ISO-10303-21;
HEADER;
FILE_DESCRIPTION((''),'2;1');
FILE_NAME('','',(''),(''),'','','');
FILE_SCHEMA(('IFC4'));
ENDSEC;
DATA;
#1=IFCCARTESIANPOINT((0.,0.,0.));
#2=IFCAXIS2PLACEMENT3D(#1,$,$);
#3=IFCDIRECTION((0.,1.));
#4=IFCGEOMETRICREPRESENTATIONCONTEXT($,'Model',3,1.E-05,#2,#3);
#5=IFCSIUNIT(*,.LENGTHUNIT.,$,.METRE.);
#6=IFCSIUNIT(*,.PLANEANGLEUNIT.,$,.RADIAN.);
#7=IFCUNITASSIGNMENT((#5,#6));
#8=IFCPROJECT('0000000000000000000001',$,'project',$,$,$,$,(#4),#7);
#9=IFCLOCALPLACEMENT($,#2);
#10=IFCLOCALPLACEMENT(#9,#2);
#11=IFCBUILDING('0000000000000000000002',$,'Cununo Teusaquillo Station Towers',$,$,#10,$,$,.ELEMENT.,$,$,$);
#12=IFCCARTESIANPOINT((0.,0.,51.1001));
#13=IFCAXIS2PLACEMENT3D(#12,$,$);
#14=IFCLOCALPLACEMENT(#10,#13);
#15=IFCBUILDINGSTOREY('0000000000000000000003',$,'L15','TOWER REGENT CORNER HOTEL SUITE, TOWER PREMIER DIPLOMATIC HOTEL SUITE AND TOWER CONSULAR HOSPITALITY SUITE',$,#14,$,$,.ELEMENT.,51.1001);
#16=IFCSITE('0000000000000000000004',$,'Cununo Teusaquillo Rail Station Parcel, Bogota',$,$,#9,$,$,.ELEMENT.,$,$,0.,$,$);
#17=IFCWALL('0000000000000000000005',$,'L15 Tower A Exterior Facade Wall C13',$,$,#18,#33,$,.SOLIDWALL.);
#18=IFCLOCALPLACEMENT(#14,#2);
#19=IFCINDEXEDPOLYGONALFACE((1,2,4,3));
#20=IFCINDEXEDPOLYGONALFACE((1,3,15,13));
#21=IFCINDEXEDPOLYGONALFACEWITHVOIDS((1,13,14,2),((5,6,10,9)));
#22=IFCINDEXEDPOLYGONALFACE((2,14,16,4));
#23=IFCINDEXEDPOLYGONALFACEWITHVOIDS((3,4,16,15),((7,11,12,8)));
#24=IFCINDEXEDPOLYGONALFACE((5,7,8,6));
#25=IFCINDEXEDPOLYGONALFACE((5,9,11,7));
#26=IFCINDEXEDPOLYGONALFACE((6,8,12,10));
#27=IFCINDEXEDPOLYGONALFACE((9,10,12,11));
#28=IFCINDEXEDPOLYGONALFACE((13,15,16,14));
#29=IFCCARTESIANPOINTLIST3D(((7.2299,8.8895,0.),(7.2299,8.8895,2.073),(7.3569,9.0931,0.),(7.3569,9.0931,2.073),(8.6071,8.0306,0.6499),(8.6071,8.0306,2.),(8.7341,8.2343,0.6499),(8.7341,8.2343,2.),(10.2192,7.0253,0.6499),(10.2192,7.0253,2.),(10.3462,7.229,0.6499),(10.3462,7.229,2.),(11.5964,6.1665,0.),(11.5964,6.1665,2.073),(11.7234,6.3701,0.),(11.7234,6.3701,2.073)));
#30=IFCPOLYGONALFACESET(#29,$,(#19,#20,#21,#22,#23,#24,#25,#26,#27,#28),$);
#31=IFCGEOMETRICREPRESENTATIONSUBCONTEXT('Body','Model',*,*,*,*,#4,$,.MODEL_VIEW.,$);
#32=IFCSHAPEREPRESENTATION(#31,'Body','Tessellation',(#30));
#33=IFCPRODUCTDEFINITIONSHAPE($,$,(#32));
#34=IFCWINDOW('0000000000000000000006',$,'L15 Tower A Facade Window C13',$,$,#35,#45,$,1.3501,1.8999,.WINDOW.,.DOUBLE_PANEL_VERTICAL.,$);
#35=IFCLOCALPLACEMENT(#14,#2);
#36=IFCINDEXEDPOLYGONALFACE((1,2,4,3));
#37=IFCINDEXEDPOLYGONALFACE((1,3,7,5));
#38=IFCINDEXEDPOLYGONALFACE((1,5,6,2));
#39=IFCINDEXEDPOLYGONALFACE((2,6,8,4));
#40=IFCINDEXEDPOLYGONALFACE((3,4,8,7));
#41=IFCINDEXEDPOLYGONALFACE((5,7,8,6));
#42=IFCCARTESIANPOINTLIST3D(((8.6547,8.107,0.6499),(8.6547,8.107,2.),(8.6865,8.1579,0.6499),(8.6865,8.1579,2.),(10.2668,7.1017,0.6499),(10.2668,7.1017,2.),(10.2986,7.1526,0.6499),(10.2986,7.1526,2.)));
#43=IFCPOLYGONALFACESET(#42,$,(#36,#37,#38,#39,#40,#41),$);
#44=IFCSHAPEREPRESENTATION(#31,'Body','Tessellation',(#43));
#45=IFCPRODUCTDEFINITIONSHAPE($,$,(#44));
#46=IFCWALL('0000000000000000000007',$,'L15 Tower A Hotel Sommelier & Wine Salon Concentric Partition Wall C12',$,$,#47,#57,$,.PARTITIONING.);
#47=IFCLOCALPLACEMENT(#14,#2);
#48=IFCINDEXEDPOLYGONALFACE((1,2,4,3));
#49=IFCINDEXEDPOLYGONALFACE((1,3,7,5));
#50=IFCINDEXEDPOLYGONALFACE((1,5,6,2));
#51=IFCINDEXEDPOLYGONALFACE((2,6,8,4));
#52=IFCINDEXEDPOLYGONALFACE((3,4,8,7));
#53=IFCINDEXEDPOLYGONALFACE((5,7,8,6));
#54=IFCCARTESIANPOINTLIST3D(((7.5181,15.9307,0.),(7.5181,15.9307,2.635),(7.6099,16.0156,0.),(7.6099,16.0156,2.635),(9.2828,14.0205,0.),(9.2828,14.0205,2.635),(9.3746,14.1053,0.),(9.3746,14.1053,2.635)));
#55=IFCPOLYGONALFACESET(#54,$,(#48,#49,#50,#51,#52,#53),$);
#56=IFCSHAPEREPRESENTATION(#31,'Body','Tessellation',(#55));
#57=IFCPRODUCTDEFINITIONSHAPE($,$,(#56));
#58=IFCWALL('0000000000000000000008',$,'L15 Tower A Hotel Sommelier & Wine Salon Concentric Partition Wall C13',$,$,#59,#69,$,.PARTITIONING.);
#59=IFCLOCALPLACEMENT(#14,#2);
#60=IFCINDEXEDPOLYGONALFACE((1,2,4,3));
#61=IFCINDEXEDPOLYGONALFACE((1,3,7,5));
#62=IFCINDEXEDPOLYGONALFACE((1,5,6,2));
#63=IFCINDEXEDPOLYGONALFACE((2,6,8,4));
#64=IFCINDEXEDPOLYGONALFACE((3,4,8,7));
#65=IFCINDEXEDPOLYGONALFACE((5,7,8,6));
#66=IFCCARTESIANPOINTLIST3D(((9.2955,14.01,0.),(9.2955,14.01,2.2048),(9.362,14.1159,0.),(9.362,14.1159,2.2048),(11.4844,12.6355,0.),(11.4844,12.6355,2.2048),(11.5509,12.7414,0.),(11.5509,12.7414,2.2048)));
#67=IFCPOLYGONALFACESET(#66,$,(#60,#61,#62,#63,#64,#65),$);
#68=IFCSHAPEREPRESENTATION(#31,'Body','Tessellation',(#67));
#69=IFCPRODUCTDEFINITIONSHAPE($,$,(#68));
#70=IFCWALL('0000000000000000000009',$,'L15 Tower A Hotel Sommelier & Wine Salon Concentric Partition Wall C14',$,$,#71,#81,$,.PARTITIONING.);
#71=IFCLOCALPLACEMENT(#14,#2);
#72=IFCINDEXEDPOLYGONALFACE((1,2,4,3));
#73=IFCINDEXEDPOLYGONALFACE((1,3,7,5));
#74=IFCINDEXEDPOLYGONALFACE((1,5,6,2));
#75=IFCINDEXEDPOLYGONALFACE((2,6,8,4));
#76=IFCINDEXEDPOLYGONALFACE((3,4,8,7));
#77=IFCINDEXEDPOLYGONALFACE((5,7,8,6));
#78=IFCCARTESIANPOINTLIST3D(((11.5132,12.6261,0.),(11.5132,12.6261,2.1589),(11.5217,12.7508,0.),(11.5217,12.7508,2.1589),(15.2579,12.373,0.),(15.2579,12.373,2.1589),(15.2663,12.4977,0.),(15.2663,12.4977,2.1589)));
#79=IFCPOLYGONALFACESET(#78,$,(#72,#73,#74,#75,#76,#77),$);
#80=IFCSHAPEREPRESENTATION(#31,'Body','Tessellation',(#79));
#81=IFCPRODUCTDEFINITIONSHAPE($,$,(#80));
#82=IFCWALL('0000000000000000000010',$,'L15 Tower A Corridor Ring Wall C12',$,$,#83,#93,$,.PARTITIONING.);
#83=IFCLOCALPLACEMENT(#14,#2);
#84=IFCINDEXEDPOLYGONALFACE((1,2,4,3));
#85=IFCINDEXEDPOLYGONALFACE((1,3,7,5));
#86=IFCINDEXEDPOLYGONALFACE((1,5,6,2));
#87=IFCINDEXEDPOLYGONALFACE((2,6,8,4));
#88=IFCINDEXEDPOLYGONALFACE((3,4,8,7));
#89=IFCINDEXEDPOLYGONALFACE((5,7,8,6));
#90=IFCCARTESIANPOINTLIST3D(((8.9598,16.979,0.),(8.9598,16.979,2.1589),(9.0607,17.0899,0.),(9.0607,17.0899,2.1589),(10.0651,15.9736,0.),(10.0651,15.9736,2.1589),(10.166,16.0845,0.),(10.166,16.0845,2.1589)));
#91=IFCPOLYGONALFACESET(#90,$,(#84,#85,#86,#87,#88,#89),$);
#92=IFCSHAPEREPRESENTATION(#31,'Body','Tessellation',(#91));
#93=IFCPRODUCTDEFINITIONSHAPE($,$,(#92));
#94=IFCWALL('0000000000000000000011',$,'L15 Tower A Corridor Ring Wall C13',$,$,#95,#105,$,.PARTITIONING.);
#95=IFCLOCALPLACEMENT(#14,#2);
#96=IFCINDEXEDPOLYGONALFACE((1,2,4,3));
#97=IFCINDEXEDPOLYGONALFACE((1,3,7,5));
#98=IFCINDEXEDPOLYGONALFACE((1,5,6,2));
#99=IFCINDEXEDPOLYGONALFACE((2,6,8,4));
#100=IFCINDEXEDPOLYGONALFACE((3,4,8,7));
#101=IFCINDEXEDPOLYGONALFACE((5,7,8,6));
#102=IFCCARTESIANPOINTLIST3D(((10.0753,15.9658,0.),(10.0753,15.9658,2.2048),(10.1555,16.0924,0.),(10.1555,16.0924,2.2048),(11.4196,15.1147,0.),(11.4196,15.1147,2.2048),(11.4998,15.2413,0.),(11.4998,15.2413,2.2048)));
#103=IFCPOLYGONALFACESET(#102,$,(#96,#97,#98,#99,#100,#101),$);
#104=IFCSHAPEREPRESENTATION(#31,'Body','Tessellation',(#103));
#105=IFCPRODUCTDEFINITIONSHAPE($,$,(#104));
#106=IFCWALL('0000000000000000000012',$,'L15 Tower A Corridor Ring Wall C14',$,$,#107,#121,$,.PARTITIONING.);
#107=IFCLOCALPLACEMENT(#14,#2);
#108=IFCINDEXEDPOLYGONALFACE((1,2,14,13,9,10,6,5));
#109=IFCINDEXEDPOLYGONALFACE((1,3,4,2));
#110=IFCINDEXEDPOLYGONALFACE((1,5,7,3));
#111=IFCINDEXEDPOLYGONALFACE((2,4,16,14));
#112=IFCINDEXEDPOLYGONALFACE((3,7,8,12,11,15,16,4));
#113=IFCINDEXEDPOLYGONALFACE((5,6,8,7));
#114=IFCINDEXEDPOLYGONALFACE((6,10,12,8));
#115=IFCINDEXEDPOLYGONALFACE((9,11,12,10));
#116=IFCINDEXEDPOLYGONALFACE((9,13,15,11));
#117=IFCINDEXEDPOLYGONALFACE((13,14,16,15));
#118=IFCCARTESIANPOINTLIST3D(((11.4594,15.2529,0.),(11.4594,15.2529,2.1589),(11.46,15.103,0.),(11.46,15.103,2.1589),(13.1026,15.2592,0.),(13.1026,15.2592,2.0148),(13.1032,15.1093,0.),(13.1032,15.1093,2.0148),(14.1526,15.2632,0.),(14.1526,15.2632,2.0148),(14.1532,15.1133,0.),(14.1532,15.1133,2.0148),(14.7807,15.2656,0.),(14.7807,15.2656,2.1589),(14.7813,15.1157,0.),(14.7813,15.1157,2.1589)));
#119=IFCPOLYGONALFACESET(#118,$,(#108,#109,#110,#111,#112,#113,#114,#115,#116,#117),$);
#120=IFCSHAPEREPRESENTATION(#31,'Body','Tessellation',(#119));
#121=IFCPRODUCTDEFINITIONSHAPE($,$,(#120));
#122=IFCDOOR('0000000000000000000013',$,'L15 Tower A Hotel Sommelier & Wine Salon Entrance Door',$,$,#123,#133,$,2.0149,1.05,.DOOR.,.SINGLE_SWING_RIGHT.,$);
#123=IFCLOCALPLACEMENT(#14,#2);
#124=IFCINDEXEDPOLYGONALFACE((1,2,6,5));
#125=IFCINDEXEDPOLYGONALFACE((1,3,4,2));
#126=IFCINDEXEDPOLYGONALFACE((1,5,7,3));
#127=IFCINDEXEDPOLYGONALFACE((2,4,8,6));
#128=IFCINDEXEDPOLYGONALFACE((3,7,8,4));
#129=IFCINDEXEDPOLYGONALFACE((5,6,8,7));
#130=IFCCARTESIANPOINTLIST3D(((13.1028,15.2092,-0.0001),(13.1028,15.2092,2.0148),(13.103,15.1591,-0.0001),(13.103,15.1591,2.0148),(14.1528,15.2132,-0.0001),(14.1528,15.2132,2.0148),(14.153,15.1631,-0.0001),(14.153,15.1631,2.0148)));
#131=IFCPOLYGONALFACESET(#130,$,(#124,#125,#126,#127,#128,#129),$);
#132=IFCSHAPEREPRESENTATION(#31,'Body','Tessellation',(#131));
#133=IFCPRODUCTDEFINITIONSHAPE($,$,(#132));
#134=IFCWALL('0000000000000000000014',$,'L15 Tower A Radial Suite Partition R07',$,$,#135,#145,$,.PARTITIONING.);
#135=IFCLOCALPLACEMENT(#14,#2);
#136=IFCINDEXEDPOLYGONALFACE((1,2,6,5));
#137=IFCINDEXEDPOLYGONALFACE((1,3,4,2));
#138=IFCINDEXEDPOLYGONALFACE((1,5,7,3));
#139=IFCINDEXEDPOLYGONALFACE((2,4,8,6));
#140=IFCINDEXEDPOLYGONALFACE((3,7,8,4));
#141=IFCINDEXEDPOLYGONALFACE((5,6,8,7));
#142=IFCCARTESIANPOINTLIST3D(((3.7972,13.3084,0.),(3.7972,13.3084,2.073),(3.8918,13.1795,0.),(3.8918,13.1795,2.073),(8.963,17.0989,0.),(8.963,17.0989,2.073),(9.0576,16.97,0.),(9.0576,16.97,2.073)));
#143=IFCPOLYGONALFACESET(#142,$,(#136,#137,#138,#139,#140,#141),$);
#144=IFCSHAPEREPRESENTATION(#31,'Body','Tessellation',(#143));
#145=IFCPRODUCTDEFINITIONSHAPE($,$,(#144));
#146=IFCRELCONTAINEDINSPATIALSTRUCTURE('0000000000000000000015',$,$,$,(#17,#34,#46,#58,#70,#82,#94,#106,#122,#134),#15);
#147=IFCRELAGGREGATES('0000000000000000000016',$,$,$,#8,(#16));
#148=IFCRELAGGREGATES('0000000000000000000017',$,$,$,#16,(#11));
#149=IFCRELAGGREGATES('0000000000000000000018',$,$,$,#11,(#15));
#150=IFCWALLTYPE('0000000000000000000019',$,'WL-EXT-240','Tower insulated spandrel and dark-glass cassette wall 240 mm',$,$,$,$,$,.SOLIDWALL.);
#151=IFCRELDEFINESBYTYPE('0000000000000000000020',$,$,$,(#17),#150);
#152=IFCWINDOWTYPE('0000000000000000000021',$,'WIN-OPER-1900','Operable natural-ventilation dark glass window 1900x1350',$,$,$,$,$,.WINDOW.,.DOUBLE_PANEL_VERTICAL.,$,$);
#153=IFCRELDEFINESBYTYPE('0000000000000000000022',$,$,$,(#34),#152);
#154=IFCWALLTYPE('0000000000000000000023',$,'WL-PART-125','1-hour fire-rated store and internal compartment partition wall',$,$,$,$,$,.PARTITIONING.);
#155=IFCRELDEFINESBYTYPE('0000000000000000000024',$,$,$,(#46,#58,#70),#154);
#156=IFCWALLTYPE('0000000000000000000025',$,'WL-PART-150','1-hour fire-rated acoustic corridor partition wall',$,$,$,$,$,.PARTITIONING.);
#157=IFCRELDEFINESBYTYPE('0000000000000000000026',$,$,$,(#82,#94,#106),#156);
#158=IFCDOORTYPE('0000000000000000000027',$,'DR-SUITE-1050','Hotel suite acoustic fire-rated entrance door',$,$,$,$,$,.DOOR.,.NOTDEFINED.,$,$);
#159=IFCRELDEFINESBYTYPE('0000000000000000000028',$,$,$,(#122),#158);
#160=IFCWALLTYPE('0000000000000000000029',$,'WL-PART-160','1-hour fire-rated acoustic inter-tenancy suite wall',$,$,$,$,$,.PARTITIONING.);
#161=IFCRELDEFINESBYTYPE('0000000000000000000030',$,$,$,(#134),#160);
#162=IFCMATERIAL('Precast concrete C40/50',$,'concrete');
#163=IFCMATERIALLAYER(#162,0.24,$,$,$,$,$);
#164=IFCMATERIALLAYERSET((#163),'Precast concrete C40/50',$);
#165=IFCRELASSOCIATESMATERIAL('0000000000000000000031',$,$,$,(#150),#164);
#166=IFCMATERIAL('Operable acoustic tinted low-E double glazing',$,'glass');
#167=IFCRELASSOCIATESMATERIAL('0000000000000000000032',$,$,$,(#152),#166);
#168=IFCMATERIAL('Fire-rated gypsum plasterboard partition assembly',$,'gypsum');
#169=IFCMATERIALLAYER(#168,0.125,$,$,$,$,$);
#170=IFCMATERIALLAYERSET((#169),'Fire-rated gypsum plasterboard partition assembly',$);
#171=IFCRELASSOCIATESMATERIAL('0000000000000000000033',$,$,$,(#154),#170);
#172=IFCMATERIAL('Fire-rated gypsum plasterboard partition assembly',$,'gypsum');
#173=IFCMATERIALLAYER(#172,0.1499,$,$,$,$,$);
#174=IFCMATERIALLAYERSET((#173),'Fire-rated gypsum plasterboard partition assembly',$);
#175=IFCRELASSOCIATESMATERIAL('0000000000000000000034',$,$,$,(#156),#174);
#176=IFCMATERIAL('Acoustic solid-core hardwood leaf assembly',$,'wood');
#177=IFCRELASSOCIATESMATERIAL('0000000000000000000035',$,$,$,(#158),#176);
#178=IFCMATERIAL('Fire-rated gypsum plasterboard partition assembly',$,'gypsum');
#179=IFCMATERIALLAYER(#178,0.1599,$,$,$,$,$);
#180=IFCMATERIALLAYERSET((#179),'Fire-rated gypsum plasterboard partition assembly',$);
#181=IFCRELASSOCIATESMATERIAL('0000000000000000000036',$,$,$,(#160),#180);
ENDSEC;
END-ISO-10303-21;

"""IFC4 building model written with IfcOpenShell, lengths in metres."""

from ifc_helpers import new_model, si_unit, direction, frame, frame_2d, origin, place, context, subcontext, project, spatial, rectangle, extrude, source, transform, mapped, material, layer, layer_set, type_object, element, fill, save


model = new_model("IFC4")

# Units and contexts
model_context = context("Model", 3, precision=1e-05, world=origin(), true_north=direction((0.0, 1.0)))
body_context = subcontext(model_context, "Body", "Model", "MODEL_VIEW")
ifc_project = project(units=[si_unit("LENGTHUNIT", "METRE"), si_unit("PLANEANGLEUNIT", "RADIAN")], contexts=[model_context])

# Site, building, storey
site_placement = place(None, origin())
site = spatial("IfcSite", under=ifc_project, at=site_placement, Name="Cununo Teusaquillo Rail Station Parcel, Bogota", CompositionType="ELEMENT", RefElevation=0.0)
building_placement = place(site_placement, origin())
building = spatial("IfcBuilding", under=site, at=building_placement, Name="Cununo Teusaquillo Station Towers", CompositionType="ELEMENT")
storey_placement = place(building_placement, frame((0.0, 0.0, 51.1001)))
storey = spatial("IfcBuildingStorey", under=building, at=storey_placement, Name="L15", Description="TOWER REGENT CORNER HOTEL SUITE, TOWER PREMIER DIPLOMATIC HOTEL SUITE AND TOWER CONSULAR HOSPITALITY SUITE", CompositionType="ELEMENT", Elevation=51.1001)

# Shared definitions
ifc_material_1 = material(Name="Precast concrete C40/50", Category="concrete")
ifc_layer_1 = layer(ifc_material_1, 0.24)
ifc_layer_set_1 = layer_set([ifc_layer_1], Name="Precast concrete C40/50")
wall_type_1 = type_object("IfcWallType", Name="WL-EXT-240", Description="Tower insulated spandrel and dark-glass cassette wall 240 mm", PredefinedType="SOLIDWALL", material=ifc_layer_set_1)
shared_shape_1 = source(origin(), body_context, "Body", "SweptSolid", [
    extrude(rectangle(XDim=1.8999, YDim=1.3501, at=frame_2d((0.95, 0.675))), frame((0.0, 0.1299, 0.0), z_axis=(0.0, -1.0, 0.0), x_axis=(1.0, 0.0, 0.0)), (0.0, 0.0, 1.0), 0.26),
])
ifc_material_2 = material(Name="Operable acoustic tinted low-E double glazing", Category="glass")
window_type = type_object("IfcWindowType", Name="WIN-OPER-1900", Description="Operable natural-ventilation dark glass window 1900x1350", PartitioningType="DOUBLE_PANEL_VERTICAL", PredefinedType="WINDOW", material=ifc_material_2)
shared_shape_2 = source(origin(), body_context, "Body", "SweptSolid", [
    extrude(rectangle(XDim=1.8999, YDim=1.3501, at=frame_2d((0.95, 0.675))), frame((0.0, 0.03, 0.0), z_axis=(0.0, -1.0, 0.0), x_axis=(1.0, 0.0, 0.0)), (0.0, 0.0, 1.0), 0.0601),
])

# Wall, opening, window
wall_1_placement = place(storey_placement, frame((11.6599, 6.2683, 0.0), z_axis=(0.0, 0.0, 1.0), x_axis=(-0.848534, 0.529141, 0.0)))
wall_1 = element("IfcWall", 1, at=wall_1_placement, inside=storey, type_object=wall_type_1, Name="L15 Tower A Exterior Facade Wall C13", PredefinedType="SOLIDWALL", context=body_context, shape_type="SweptSolid", body=[
    extrude(rectangle(XDim=5.146, YDim=0.24, at=frame_2d((2.573, 0.0))), origin(), (0.0, 0.0, 1.0), 2.073),
])
opening_1_placement = place(wall_1_placement, frame((1.623, 0.0, 0.6499)))
opening_1 = element("IfcOpeningElement", 2, at=opening_1_placement, cuts=wall_1, PredefinedType="OPENING", context=body_context, shape_type="MappedRepresentation", body=[
    mapped(shared_shape_1, transform((0.0, 0.0, 0.0), x_axis=(1.0, 0.0, 0.0), y_axis=(0.0, 1.0, 0.0), z_axis=(0.0, 0.0, 1.0), scale=1.0)),
])
window_1_placement = place(opening_1_placement, origin())
window_1 = element("IfcWindow", 3, at=window_1_placement, inside=storey, type_object=window_type, Name="L15 Tower A Facade Window C13", OverallHeight=1.3501, OverallWidth=1.8999, PartitioningType="DOUBLE_PANEL_VERTICAL", PredefinedType="WINDOW", context=body_context, shape_type="MappedRepresentation", body=[
    mapped(shared_shape_2, transform((0.0, 0.0, 0.0), x_axis=(1.0, 0.0, 0.0), y_axis=(0.0, 1.0, 0.0), z_axis=(0.0, 0.0, 1.0), scale=1.0)),
])
fill(opening_1, window_1)

# Walls
ifc_material_3 = material(Name="Fire-rated gypsum plasterboard partition assembly", Category="gypsum")
ifc_layer_2 = layer(ifc_material_3, 0.125)
ifc_layer_set_2 = layer_set([ifc_layer_2], Name="Fire-rated gypsum plasterboard partition assembly")
wall_type_2 = type_object("IfcWallType", Name="WL-PART-125", Description="1-hour fire-rated store and internal compartment partition wall", PredefinedType="PARTITIONING", material=ifc_layer_set_2)
wall_2_placement = place(storey_placement, frame((7.564, 15.9731, 0.0), z_axis=(0.0, 0.0, 1.0), x_axis=(0.678576, -0.73453, 0.0)))
element("IfcWall", 4, at=wall_2_placement, inside=storey, type_object=wall_type_2, Name="L15 Tower A Hotel Sommelier & Wine Salon Concentric Partition Wall C12", PredefinedType="PARTITIONING", context=body_context, shape_type="SweptSolid", body=[
    extrude(rectangle(XDim=2.6006, YDim=0.125, at=frame_2d((1.3003, 0.0))), origin(), (0.0, 0.0, 1.0), 2.635),
])
wall_3_placement = place(storey_placement, frame((9.3286, 14.063, 0.0), z_axis=(0.0, 0.0, 1.0), x_axis=(0.846882, -0.531781, 0.0)))
element("IfcWall", 5, at=wall_3_placement, inside=storey, type_object=wall_type_2, Name="L15 Tower A Hotel Sommelier & Wine Salon Concentric Partition Wall C13", PredefinedType="PARTITIONING", context=body_context, shape_type="SweptSolid", body=[
    extrude(rectangle(XDim=2.5847, YDim=0.125, at=frame_2d((1.2925, 0.0))), origin(), (0.0, 0.0, 1.0), 2.2048),
])
wall_4_placement = place(storey_placement, frame((11.5176, 12.6885, 0.0), z_axis=(0.0, 0.0, 1.0), x_axis=(0.997722, -0.067456, 0.0)))
element("IfcWall", 6, at=wall_4_placement, inside=storey, type_object=wall_type_2, Name="L15 Tower A Hotel Sommelier & Wine Salon Concentric Partition Wall C14", PredefinedType="PARTITIONING", context=body_context, shape_type="SweptSolid", body=[
    extrude(rectangle(XDim=3.7532, YDim=0.125, at=frame_2d((1.8765, 0.0))), origin(), (0.0, 0.0, 1.0), 2.1589),
])
ifc_material_4 = material(Name="Fire-rated gypsum plasterboard partition assembly", Category="gypsum")
ifc_layer_3 = layer(ifc_material_4, 0.1499)
ifc_layer_set_3 = layer_set([ifc_layer_3], Name="Fire-rated gypsum plasterboard partition assembly")
wall_type_3 = type_object("IfcWallType", Name="WL-PART-150", Description="1-hour fire-rated acoustic corridor partition wall", PredefinedType="PARTITIONING", material=ifc_layer_set_3)
wall_5_placement = place(storey_placement, frame((9.0103, 17.0344, 0.0), z_axis=(0.0, 0.0, 1.0), x_axis=(0.739733, -0.6729, 0.0)))
element("IfcWall", 7, at=wall_5_placement, inside=storey, type_object=wall_type_3, Name="L15 Tower A Corridor Ring Wall C12", PredefinedType="PARTITIONING", context=body_context, shape_type="SweptSolid", body=[
    extrude(rectangle(XDim=1.4941, YDim=0.1499, at=frame_2d((0.7471, 0.0))), origin(), (0.0, 0.0, 1.0), 2.1589),
])
wall_6_placement = place(storey_placement, frame((10.1155, 16.0291, 0.0), z_axis=(0.0, 0.0, 1.0), x_axis=(0.844898, -0.534928, 0.0)))
element("IfcWall", 8, at=wall_6_placement, inside=storey, type_object=wall_type_3, Name="L15 Tower A Corridor Ring Wall C13", PredefinedType="PARTITIONING", context=body_context, shape_type="SweptSolid", body=[
    extrude(rectangle(XDim=1.5911, YDim=0.1499, at=frame_2d((0.7954, 0.0))), origin(), (0.0, 0.0, 1.0), 2.2048),
])

# Wall, opening, door
wall_7_placement = place(storey_placement, frame((11.4597, 15.178, 0.0), z_axis=(0.0, 0.0, 1.0), x_axis=(0.999993, 0.003822, 0.0)))
wall_7 = element("IfcWall", 9, at=wall_7_placement, inside=storey, type_object=wall_type_3, Name="L15 Tower A Corridor Ring Wall C14", PredefinedType="PARTITIONING", context=body_context, shape_type="SweptSolid", body=[
    extrude(rectangle(XDim=3.3213, YDim=0.1499, at=frame_2d((1.6606, 0.0))), origin(), (0.0, 0.0, 1.0), 2.1589),
])
shared_shape_3 = source(origin(), body_context, "Body", "SweptSolid", [
    extrude(rectangle(XDim=1.05, YDim=2.0149, at=frame_2d((0.5249, 1.0073))), frame((0.0, 0.085, 0.0), z_axis=(0.0, -1.0, 0.0), x_axis=(1.0, 0.0, 0.0)), (0.0, 0.0, 1.0), 0.1699),
])
opening_2_placement = place(wall_7_placement, frame((1.6433, 0.0, 0.0)))
opening_2 = element("IfcOpeningElement", 10, at=opening_2_placement, cuts=wall_7, PredefinedType="OPENING", context=body_context, shape_type="MappedRepresentation", body=[
    mapped(shared_shape_3, transform((0.0, 0.0, 0.0), x_axis=(1.0, 0.0, 0.0), y_axis=(0.0, 1.0, 0.0), z_axis=(0.0, 0.0, 1.0), scale=1.0)),
])
ifc_material_5 = material(Name="Acoustic solid-core hardwood leaf assembly", Category="wood")
door_type = type_object("IfcDoorType", Name="DR-SUITE-1050", Description="Hotel suite acoustic fire-rated entrance door", OperationType="NOTDEFINED", PredefinedType="DOOR", material=ifc_material_5)
shared_shape_4 = source(origin(), body_context, "Body", "SweptSolid", [
    extrude(rectangle(XDim=1.05, YDim=2.0149, at=frame_2d((0.5249, 1.0073))), frame((0.0, 0.0249, 0.0), z_axis=(0.0, -1.0, 0.0), x_axis=(1.0, 0.0, 0.0)), (0.0, 0.0, 1.0), 0.05),
])
door_placement = place(opening_2_placement, origin())
door = element("IfcDoor", 11, at=door_placement, inside=storey, type_object=door_type, Name="L15 Tower A Hotel Sommelier & Wine Salon Entrance Door", OperationType="SINGLE_SWING_RIGHT", OverallHeight=2.0149, OverallWidth=1.05, PredefinedType="DOOR", context=body_context, shape_type="MappedRepresentation", body=[
    mapped(shared_shape_4, transform((0.0, 0.0, 0.0), x_axis=(1.0, 0.0, 0.0), y_axis=(0.0, 1.0, 0.0), z_axis=(0.0, 0.0, 1.0), scale=1.0)),
])
fill(opening_2, door)

# Wall
ifc_material_6 = material(Name="Fire-rated gypsum plasterboard partition assembly", Category="gypsum")
ifc_layer_4 = layer(ifc_material_6, 0.1599)
ifc_layer_set_4 = layer_set([ifc_layer_4], Name="Fire-rated gypsum plasterboard partition assembly")
wall_type_4 = type_object("IfcWallType", Name="WL-PART-160", Description="1-hour fire-rated acoustic inter-tenancy suite wall", PredefinedType="PARTITIONING", material=ifc_layer_set_4)
wall_8_placement = place(storey_placement, frame((9.0103, 17.0344, 0.0), z_axis=(0.0, 0.0, 1.0), x_axis=(-0.806234, -0.591597, 0.0)))
element("IfcWall", 12, at=wall_8_placement, inside=storey, type_object=wall_type_4, Name="L15 Tower A Radial Suite Partition R07", PredefinedType="PARTITIONING", context=body_context, shape_type="SweptSolid", body=[
    extrude(rectangle(XDim=6.4072, YDim=0.1599, at=frame_2d((3.2036, 0.0))), origin(), (0.0, 0.0, 1.0), 2.073),
])

save(model, "model.ifc")
